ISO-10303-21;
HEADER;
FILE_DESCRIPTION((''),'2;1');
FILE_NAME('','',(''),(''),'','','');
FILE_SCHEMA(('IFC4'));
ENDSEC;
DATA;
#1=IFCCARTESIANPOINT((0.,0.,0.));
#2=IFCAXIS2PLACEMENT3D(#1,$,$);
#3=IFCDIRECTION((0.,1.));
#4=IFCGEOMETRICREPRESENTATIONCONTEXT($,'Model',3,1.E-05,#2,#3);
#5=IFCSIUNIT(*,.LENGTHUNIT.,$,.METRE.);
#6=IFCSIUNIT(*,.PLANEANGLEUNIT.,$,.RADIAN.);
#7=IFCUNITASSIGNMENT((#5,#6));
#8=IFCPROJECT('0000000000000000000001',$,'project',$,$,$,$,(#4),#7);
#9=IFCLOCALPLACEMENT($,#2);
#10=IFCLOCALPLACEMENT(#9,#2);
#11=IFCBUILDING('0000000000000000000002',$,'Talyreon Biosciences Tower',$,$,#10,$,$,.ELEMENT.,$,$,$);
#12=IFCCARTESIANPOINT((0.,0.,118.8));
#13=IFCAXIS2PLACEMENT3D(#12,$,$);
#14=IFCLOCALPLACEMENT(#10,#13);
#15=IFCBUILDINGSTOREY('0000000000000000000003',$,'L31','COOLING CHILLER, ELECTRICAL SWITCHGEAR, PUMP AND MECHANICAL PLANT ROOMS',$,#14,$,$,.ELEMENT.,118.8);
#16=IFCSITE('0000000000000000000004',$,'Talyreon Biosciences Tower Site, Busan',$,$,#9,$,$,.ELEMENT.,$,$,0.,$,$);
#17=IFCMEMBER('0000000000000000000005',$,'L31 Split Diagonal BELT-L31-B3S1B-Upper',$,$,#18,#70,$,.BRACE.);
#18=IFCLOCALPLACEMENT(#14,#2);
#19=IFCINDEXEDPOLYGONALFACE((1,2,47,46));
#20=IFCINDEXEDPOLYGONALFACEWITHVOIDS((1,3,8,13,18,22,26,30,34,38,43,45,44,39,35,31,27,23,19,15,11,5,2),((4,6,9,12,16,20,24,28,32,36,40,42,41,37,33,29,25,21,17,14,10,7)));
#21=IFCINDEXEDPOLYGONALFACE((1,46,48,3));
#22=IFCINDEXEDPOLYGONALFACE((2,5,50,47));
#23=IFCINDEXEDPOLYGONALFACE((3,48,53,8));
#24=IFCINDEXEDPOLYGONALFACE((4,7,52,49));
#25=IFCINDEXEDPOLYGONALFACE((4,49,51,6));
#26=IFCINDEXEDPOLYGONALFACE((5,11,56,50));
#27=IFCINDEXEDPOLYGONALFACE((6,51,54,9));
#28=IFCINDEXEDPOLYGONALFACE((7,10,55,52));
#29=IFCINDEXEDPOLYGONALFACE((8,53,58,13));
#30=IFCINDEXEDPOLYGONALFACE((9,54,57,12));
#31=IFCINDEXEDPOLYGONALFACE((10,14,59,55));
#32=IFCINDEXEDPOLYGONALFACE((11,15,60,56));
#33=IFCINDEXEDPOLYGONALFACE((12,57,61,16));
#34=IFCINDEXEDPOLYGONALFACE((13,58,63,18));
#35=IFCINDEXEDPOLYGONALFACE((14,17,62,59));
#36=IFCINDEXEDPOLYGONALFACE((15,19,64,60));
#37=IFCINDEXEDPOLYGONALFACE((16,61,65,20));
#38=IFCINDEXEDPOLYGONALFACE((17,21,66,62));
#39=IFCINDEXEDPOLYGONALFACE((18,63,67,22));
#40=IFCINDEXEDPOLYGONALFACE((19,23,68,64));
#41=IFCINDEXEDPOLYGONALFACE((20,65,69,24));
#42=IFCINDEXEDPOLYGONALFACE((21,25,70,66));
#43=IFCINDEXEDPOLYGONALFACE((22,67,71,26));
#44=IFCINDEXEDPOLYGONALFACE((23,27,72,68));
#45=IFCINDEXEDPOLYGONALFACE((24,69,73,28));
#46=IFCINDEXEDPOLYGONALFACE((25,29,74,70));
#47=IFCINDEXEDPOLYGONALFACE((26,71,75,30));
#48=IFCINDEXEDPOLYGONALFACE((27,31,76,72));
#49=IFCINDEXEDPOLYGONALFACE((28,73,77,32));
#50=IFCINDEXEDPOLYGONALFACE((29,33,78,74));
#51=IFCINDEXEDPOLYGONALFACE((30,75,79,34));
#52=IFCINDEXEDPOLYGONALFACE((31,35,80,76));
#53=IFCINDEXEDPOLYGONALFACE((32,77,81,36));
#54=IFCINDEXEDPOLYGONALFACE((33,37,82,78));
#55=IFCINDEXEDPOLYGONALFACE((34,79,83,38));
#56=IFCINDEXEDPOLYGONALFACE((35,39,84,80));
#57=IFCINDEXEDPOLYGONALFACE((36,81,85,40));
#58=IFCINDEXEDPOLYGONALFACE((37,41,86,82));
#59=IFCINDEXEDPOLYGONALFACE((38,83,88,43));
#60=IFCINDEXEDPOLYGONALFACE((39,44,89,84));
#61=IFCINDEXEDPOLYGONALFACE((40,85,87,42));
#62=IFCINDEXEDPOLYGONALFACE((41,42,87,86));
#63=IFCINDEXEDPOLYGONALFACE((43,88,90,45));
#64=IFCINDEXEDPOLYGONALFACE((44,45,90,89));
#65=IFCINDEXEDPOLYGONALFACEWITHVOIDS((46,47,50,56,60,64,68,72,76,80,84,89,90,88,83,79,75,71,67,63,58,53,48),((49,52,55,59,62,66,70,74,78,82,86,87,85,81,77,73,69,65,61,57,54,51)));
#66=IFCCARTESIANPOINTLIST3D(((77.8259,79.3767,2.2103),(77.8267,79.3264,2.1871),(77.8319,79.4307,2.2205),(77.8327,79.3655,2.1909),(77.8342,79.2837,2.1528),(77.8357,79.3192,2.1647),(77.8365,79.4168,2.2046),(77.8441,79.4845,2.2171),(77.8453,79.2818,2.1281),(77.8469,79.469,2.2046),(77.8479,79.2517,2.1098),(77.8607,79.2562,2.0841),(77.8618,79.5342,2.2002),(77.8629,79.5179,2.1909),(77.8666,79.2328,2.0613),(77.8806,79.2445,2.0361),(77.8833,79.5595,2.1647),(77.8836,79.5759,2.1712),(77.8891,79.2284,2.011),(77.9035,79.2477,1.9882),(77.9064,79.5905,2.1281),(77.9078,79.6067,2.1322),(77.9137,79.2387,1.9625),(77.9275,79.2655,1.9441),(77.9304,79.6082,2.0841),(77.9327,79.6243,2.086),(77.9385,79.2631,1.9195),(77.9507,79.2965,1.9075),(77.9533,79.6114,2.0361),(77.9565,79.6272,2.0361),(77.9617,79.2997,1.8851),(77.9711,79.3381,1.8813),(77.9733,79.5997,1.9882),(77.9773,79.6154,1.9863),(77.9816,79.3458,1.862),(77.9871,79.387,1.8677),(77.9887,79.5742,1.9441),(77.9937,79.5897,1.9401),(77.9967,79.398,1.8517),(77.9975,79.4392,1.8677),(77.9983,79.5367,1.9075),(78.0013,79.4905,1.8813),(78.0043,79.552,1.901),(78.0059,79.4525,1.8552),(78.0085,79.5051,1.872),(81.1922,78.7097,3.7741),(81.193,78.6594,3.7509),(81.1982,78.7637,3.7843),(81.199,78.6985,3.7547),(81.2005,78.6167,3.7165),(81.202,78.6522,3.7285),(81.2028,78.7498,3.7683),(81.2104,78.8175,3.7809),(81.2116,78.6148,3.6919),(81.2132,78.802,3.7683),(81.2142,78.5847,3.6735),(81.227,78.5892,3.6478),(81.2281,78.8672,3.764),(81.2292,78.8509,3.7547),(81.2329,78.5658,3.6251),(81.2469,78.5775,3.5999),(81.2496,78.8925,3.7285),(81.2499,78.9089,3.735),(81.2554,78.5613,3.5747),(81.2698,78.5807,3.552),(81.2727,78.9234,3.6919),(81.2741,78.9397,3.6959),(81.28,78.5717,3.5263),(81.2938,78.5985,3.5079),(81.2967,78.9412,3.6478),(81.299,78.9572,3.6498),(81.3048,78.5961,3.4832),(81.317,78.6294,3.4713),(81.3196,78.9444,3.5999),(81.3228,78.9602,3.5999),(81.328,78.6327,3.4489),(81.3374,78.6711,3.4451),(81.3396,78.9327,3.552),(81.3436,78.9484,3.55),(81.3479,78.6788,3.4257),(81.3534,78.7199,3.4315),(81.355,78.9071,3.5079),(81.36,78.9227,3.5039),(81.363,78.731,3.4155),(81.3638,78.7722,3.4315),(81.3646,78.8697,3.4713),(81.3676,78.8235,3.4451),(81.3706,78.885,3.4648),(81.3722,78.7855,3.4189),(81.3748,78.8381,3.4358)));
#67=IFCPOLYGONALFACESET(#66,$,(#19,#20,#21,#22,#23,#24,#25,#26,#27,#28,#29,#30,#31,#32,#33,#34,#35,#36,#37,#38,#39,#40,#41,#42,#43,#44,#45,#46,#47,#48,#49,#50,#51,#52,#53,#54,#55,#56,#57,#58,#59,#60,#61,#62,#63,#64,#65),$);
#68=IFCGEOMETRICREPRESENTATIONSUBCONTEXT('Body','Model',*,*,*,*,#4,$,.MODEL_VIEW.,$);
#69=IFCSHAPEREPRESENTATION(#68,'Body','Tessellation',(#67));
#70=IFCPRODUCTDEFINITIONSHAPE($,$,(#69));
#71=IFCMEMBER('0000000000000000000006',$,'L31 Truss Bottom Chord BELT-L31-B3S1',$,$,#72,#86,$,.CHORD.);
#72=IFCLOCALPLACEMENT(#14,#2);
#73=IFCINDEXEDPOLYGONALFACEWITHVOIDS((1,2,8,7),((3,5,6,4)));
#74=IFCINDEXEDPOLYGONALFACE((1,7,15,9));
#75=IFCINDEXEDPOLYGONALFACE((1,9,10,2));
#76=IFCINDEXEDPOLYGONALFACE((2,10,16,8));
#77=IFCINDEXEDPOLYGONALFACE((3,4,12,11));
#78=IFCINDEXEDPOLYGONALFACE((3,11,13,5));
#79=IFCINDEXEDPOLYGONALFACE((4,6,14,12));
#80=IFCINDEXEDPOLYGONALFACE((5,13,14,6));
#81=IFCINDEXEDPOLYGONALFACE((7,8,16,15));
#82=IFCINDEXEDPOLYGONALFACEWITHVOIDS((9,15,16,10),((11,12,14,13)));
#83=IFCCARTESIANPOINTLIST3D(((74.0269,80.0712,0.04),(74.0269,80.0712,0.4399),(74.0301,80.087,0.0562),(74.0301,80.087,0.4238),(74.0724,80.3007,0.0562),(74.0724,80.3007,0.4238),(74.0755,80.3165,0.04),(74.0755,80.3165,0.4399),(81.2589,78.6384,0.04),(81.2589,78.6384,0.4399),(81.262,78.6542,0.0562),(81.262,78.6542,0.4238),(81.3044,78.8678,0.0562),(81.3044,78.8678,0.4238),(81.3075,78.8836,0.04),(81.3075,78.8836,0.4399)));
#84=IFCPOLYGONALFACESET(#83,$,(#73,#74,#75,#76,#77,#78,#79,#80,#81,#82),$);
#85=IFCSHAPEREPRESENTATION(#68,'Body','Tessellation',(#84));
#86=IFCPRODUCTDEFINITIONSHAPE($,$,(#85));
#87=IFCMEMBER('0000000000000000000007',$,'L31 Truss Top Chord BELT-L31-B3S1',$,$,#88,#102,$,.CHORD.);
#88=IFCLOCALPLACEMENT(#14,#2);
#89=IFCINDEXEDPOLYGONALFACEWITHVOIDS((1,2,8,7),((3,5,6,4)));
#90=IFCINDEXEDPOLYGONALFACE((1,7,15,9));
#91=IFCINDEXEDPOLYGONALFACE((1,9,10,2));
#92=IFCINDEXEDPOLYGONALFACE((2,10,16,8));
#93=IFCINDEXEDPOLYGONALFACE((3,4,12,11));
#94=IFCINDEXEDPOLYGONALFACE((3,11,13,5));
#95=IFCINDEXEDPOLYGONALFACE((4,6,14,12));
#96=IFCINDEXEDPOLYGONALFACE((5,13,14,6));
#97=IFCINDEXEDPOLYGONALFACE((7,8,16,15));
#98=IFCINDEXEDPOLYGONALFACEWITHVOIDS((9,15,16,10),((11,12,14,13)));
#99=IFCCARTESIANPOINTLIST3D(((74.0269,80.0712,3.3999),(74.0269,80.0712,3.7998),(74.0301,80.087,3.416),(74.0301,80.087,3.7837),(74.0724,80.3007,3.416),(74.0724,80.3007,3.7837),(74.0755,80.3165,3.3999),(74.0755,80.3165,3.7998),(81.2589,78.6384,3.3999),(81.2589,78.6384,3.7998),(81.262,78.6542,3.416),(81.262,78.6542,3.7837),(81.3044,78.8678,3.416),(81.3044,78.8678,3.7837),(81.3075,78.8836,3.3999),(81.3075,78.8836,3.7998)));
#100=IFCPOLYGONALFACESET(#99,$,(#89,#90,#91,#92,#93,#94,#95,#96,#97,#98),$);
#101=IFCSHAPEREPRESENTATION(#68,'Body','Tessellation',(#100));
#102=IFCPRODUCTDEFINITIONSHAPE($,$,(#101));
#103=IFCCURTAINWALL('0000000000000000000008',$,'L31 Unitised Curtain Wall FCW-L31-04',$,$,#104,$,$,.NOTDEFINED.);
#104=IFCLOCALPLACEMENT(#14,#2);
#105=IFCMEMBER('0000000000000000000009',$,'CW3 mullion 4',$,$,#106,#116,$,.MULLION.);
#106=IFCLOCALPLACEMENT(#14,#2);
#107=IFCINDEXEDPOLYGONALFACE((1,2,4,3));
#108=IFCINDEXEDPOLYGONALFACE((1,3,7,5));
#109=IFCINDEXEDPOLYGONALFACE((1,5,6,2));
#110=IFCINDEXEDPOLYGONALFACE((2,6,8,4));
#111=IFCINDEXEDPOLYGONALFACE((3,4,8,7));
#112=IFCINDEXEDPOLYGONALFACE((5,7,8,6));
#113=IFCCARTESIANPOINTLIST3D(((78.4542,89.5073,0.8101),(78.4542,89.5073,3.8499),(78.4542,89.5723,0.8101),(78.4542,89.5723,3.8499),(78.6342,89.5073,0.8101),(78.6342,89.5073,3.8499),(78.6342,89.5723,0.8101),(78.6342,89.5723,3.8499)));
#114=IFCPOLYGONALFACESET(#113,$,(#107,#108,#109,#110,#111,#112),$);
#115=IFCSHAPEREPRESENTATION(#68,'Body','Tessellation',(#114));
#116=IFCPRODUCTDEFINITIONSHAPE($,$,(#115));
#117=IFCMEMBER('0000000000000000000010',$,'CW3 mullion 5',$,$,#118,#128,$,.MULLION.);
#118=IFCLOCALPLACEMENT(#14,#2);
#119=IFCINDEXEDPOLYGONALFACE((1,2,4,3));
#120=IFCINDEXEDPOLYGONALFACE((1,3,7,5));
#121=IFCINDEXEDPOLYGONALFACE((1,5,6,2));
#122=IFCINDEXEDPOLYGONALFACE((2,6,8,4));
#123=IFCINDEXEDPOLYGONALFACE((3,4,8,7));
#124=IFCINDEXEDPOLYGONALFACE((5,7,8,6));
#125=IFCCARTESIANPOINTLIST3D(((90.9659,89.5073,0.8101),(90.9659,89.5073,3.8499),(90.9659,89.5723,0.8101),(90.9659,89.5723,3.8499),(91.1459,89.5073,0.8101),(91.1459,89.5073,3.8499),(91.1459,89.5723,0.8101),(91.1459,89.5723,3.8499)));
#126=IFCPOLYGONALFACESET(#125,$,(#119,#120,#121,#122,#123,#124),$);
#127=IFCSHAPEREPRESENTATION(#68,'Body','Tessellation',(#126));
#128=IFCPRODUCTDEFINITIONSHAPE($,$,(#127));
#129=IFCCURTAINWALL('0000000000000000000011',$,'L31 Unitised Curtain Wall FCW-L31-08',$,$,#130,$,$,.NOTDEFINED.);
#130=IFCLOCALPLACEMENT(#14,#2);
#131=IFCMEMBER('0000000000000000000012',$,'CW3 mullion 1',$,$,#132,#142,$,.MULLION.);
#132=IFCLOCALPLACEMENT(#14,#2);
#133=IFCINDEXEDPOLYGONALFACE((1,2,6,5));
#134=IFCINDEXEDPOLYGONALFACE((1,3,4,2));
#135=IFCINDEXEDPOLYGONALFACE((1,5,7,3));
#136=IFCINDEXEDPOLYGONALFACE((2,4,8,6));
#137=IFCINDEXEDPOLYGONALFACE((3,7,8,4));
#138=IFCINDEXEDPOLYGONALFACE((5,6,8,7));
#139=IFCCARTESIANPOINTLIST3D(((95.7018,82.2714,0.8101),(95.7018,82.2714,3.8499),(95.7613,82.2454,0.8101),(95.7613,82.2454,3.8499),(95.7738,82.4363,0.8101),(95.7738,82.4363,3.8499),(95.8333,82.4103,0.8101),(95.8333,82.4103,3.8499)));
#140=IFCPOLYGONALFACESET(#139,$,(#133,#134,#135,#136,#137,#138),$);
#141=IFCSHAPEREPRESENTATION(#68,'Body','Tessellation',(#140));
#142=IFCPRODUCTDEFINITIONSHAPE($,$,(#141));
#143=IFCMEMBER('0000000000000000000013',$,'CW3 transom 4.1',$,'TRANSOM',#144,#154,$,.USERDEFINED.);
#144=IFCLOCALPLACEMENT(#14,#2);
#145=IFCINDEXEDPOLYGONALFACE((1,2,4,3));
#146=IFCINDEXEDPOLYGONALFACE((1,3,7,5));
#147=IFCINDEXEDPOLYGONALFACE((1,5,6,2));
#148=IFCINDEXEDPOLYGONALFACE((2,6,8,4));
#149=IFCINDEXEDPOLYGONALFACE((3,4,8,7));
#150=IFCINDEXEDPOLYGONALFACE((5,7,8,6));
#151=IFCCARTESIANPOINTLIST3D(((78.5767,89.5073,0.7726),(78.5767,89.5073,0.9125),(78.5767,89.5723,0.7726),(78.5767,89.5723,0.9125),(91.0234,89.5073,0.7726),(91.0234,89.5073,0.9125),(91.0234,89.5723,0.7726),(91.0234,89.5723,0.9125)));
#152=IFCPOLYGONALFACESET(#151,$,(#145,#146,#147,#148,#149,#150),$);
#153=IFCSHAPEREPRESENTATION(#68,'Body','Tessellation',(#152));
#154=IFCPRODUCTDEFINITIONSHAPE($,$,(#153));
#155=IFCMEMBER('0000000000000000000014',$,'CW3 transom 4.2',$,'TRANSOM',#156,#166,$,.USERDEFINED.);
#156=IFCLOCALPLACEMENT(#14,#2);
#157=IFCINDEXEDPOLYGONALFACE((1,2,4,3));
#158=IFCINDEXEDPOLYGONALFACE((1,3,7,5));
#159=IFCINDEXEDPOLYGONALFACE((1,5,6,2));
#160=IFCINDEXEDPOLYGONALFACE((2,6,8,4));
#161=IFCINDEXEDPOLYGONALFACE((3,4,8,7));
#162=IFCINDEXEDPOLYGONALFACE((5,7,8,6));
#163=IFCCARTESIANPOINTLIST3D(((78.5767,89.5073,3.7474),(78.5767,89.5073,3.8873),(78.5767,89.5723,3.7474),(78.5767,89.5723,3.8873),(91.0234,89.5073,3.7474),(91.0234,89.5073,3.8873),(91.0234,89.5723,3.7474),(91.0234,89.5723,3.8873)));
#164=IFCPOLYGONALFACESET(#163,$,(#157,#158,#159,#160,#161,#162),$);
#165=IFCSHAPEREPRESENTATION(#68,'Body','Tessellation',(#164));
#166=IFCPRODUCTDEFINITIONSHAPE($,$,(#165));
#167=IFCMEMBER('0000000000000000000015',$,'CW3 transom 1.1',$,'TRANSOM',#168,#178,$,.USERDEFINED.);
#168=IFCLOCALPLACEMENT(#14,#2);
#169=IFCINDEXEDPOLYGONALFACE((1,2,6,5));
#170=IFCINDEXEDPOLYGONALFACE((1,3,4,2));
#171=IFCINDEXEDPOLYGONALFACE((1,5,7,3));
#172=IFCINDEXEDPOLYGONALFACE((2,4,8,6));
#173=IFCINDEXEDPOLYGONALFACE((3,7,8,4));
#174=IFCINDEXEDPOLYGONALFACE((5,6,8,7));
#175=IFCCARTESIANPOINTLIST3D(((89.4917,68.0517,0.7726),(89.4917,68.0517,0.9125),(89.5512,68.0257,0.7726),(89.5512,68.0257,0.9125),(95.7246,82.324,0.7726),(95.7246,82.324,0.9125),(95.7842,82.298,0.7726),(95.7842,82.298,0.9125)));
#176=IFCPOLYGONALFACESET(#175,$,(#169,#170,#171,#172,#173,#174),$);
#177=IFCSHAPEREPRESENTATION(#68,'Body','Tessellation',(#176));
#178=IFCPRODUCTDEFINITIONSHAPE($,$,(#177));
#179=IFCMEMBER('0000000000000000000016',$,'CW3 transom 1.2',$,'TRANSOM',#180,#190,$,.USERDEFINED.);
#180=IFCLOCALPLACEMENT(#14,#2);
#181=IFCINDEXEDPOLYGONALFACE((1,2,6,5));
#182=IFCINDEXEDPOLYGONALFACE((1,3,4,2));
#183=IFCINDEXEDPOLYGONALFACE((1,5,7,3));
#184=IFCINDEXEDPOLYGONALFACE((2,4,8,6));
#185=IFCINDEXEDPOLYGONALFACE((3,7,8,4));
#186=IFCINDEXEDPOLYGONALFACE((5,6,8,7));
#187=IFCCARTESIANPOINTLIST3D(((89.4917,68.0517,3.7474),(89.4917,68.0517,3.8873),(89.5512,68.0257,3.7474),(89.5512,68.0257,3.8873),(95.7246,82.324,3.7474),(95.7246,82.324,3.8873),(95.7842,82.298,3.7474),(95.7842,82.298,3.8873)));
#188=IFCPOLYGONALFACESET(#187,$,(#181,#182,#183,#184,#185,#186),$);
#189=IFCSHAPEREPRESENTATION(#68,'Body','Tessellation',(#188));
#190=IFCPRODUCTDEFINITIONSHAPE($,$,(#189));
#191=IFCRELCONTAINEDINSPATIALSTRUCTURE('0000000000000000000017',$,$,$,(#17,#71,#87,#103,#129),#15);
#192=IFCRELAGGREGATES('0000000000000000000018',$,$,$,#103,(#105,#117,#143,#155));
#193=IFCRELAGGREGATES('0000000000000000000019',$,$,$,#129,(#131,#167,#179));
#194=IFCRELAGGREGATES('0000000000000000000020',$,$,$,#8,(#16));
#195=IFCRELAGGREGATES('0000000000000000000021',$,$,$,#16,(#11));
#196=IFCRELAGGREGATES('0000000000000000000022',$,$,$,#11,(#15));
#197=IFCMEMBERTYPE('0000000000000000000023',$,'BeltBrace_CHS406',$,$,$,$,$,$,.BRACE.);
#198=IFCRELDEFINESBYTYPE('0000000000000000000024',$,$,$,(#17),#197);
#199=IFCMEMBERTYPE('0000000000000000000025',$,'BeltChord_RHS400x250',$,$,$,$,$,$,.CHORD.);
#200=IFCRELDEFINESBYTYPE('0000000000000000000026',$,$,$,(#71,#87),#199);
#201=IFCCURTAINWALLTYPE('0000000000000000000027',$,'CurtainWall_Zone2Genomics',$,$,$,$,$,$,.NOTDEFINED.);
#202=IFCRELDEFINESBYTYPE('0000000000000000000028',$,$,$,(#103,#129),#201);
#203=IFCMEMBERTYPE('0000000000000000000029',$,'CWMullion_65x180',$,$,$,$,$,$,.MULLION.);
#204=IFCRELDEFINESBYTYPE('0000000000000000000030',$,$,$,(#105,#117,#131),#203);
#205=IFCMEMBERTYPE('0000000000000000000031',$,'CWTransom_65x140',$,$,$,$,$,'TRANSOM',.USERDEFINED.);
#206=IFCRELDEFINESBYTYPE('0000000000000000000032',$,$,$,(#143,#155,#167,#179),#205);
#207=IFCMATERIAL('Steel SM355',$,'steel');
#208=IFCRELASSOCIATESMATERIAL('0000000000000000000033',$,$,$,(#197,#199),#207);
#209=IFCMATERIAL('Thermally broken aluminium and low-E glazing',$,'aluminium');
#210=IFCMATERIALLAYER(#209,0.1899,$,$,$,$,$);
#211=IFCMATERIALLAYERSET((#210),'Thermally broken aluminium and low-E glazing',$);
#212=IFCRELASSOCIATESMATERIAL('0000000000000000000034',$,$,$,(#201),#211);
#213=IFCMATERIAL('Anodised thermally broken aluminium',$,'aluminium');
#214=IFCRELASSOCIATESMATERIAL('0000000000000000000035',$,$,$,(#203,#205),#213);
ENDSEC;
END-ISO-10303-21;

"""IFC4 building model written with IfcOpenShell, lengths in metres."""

from ifc_helpers import new_model, si_unit, direction, frame, origin, origin_2d, place, context, subcontext, project, spatial, rectangle, hollow_rectangle, hollow_circle, extrude, material, layer, layer_set, material_profile, profile_set, type_object, element, aggregate, save


model = new_model("IFC4")

# Units and contexts
model_context = context("Model", 3, precision=1e-05, world=origin(), true_north=direction((0.0, 1.0)))
body_context = subcontext(model_context, "Body", "Model", "MODEL_VIEW")
ifc_project = project(units=[si_unit("LENGTHUNIT", "METRE"), si_unit("PLANEANGLEUNIT", "RADIAN")], contexts=[model_context])

# Site, building, storey
site_placement = place(None, origin())
site = spatial("IfcSite", under=ifc_project, at=site_placement, Name="Talyreon Biosciences Tower Site, Busan", CompositionType="ELEMENT", RefElevation=0.0)
building_placement = place(site_placement, origin())
building = spatial("IfcBuilding", under=site, at=building_placement, Name="Talyreon Biosciences Tower", CompositionType="ELEMENT")
storey_placement = place(building_placement, frame((0.0, 0.0, 118.8)))
storey = spatial("IfcBuildingStorey", under=building, at=storey_placement, Name="L31", Description="COOLING CHILLER, ELECTRICAL SWITCHGEAR, PUMP AND MECHANICAL PLANT ROOMS", CompositionType="ELEMENT", Elevation=118.8)

# Members
ifc_material_1 = material(Name="Steel SM355", Category="steel")
ifc_material_profile_1 = material_profile(ifc_material_1, hollow_circle(Radius=0.2031, WallThickness=0.0161, at=origin_2d()), Name="CHS 406.4x16")
ifc_profile_set_1 = profile_set([ifc_material_profile_1], Name="Steel SM355")
member_type_1 = type_object("IfcMemberType", Name="BeltBrace_CHS406", PredefinedType="BRACE", material=ifc_profile_set_1)
member_1_placement = place(storey_placement, frame((77.917, 79.428, 2.0361), z_axis=(0.892625, -0.176868, 0.414655), x_axis=(0.194365, 0.980929, 0.0)))
element("IfcMember", 1, at=member_1_placement, inside=storey, type_object=member_type_1, Name="L31 Split Diagonal BELT-L31-B3S1B-Upper", PredefinedType="BRACE", context=body_context, shape_type="SweptSolid", body=[
    extrude(hollow_circle(Radius=0.2031, WallThickness=0.0161, at=origin_2d()), origin(), (0.0, 0.0, 1.0), 3.7712),
])
ifc_material_profile_2 = material_profile(ifc_material_1, hollow_rectangle(XDim=0.25, YDim=0.3999, WallThickness=0.0161, at=origin_2d()), Name="RHS 400x250x16")
ifc_profile_set_2 = profile_set([ifc_material_profile_2], Name="Steel SM355")
member_type_2 = type_object("IfcMemberType", Name="BeltChord_RHS400x250", PredefinedType="CHORD", material=ifc_profile_set_2)
for number, where, z_axis, x_axis, name in (
    (2, (81.2832, 78.761, 0.24), (-0.980932, 0.194352, 0.0), (-0.194352, -0.980932, 0.0), "L31 Truss Bottom Chord BELT-L31-B3S1"),
    (3, (81.2832, 78.761, 3.5999), (-0.980932, 0.194352, 0.0), (-0.194352, -0.980932, 0.0), "L31 Truss Top Chord BELT-L31-B3S1"),
):
    element("IfcMember", number, at=place(storey_placement, frame(where, z_axis=z_axis, x_axis=x_axis)), inside=storey, type_object=member_type_2, Name=name, PredefinedType="CHORD", context=body_context, shape_type="SweptSolid", body=[
        extrude(hollow_rectangle(XDim=0.25, YDim=0.3999, WallThickness=0.0161, at=origin_2d()), origin(), (0.0, 0.0, 1.0), 7.3726),
    ])

# Curtain wall, members
ifc_material_2 = material(Name="Thermally broken aluminium and low-E glazing", Category="aluminium")
ifc_layer_1 = layer(ifc_material_2, 0.1899)
ifc_layer_set_1 = layer_set([ifc_layer_1], Name="Thermally broken aluminium and low-E glazing")
curtain_wall_type = type_object("IfcCurtainWallType", Name="CurtainWall_Zone2Genomics", PredefinedType="NOTDEFINED", material=ifc_layer_set_1)
curtain_wall_1_placement = place(storey_placement, origin())
curtain_wall_1 = element("IfcCurtainWall", 4, at=curtain_wall_1_placement, inside=storey, type_object=curtain_wall_type, Name="L31 Unitised Curtain Wall FCW-L31-04", PredefinedType="NOTDEFINED")
ifc_material_3 = material(Name="Anodised thermally broken aluminium", Category="aluminium")
ifc_material_profile_3 = material_profile(ifc_material_3, rectangle(XDim=0.0649, YDim=0.1799, at=origin_2d()), Name="ALUM MULLION 65x180")
ifc_profile_set_3 = profile_set([ifc_material_profile_3], Name="Anodised thermally broken aluminium")
member_type_3 = type_object("IfcMemberType", Name="CWMullion_65x180", PredefinedType="MULLION", material=ifc_profile_set_3)
member_2_placement = place(storey_placement, frame((78.5442, 89.5398, 0.8101), z_axis=(0.0, 0.0, 1.0), x_axis=(0.0, 1.0, 0.0)))
member_2 = element("IfcMember", 5, at=member_2_placement, type_object=member_type_3, Name="CW3 mullion 4", PredefinedType="MULLION", context=body_context, shape_type="SweptSolid", body=[
    extrude(rectangle(XDim=0.0649, YDim=0.1799, at=origin_2d()), origin(), (0.0, 0.0, 1.0), 3.0398),
])
member_3_placement = place(storey_placement, frame((91.0559, 89.5398, 0.8101), z_axis=(0.0, 0.0, 1.0), x_axis=(0.0, 1.0, 0.0)))
member_3 = element("IfcMember", 6, at=member_3_placement, type_object=member_type_3, Name="CW3 mullion 5", PredefinedType="MULLION", context=body_context, shape_type="SweptSolid", body=[
    extrude(rectangle(XDim=0.0649, YDim=0.1799, at=origin_2d()), origin(), (0.0, 0.0, 1.0), 3.0398),
])

# Curtain wall, member
curtain_wall_2_placement = place(storey_placement, origin())
curtain_wall_2 = element("IfcCurtainWall", 7, at=curtain_wall_2_placement, inside=storey, type_object=curtain_wall_type, Name="L31 Unitised Curtain Wall FCW-L31-08", PredefinedType="NOTDEFINED")
member_4_placement = place(storey_placement, frame((95.7676, 82.3408, 0.8101), z_axis=(0.0, 0.0, 1.0), x_axis=(0.916416, -0.400226, 0.0)))
member_4 = element("IfcMember", 8, at=member_4_placement, type_object=member_type_3, Name="CW3 mullion 1", PredefinedType="MULLION", context=body_context, shape_type="SweptSolid", body=[
    extrude(rectangle(XDim=0.0649, YDim=0.1799, at=origin_2d()), origin(), (0.0, 0.0, 1.0), 3.0398),
])

# Members
ifc_material_profile_4 = material_profile(ifc_material_3, rectangle(XDim=0.0649, YDim=0.1399, at=origin_2d()), Name="ALUM TRANSOM 65x140")
ifc_profile_set_4 = profile_set([ifc_material_profile_4], Name="Anodised thermally broken aluminium")
member_type_4 = type_object("IfcMemberType", Name="CWTransom_65x140", ElementType="TRANSOM", PredefinedType="USERDEFINED", material=ifc_profile_set_4)
member_5_placement = place(storey_placement, frame((78.5767, 89.5398, 0.8425), z_axis=(1.0, 0.0, 0.0), x_axis=(0.0, 1.0, 0.0)))
member_5 = element("IfcMember", 9, at=member_5_placement, type_object=member_type_4, Name="CW3 transom 4.1", ObjectType="TRANSOM", PredefinedType="USERDEFINED", context=body_context, shape_type="SweptSolid", body=[
    extrude(rectangle(XDim=0.0649, YDim=0.1399, at=origin_2d()), origin(), (0.0, 0.0, 1.0), 12.4468),
])
member_6_placement = place(storey_placement, frame((78.5767, 89.5398, 3.8174), z_axis=(1.0, 0.0, 0.0), x_axis=(0.0, 1.0, 0.0)))
member_6 = element("IfcMember", 10, at=member_6_placement, type_object=member_type_4, Name="CW3 transom 4.2", ObjectType="TRANSOM", PredefinedType="USERDEFINED", context=body_context, shape_type="SweptSolid", body=[
    extrude(rectangle(XDim=0.0649, YDim=0.1399, at=origin_2d()), origin(), (0.0, 0.0, 1.0), 12.4468),
])
member_7_placement = place(storey_placement, frame((95.7544, 82.311, 0.8425), z_axis=(-0.400216, -0.916421, 0.0), x_axis=(0.916421, -0.400216, 0.0)))
member_7 = element("IfcMember", 11, at=member_7_placement, type_object=member_type_4, Name="CW3 transom 1.1", ObjectType="TRANSOM", PredefinedType="USERDEFINED", context=body_context, shape_type="SweptSolid", body=[
    extrude(rectangle(XDim=0.0649, YDim=0.1399, at=origin_2d()), origin(), (0.0, 0.0, 1.0), 15.574),
])
member_8_placement = place(storey_placement, frame((95.7544, 82.311, 3.8174), z_axis=(-0.400216, -0.916421, 0.0), x_axis=(0.916421, -0.400216, 0.0)))
member_8 = element("IfcMember", 12, at=member_8_placement, type_object=member_type_4, Name="CW3 transom 1.2", ObjectType="TRANSOM", PredefinedType="USERDEFINED", context=body_context, shape_type="SweptSolid", body=[
    extrude(rectangle(XDim=0.0649, YDim=0.1399, at=origin_2d()), origin(), (0.0, 0.0, 1.0), 15.574),
])

aggregate(curtain_wall_1, [member_2, member_3, member_5, member_6])
aggregate(curtain_wall_2, [member_4, member_7, member_8])

save(model, "model.ifc")
